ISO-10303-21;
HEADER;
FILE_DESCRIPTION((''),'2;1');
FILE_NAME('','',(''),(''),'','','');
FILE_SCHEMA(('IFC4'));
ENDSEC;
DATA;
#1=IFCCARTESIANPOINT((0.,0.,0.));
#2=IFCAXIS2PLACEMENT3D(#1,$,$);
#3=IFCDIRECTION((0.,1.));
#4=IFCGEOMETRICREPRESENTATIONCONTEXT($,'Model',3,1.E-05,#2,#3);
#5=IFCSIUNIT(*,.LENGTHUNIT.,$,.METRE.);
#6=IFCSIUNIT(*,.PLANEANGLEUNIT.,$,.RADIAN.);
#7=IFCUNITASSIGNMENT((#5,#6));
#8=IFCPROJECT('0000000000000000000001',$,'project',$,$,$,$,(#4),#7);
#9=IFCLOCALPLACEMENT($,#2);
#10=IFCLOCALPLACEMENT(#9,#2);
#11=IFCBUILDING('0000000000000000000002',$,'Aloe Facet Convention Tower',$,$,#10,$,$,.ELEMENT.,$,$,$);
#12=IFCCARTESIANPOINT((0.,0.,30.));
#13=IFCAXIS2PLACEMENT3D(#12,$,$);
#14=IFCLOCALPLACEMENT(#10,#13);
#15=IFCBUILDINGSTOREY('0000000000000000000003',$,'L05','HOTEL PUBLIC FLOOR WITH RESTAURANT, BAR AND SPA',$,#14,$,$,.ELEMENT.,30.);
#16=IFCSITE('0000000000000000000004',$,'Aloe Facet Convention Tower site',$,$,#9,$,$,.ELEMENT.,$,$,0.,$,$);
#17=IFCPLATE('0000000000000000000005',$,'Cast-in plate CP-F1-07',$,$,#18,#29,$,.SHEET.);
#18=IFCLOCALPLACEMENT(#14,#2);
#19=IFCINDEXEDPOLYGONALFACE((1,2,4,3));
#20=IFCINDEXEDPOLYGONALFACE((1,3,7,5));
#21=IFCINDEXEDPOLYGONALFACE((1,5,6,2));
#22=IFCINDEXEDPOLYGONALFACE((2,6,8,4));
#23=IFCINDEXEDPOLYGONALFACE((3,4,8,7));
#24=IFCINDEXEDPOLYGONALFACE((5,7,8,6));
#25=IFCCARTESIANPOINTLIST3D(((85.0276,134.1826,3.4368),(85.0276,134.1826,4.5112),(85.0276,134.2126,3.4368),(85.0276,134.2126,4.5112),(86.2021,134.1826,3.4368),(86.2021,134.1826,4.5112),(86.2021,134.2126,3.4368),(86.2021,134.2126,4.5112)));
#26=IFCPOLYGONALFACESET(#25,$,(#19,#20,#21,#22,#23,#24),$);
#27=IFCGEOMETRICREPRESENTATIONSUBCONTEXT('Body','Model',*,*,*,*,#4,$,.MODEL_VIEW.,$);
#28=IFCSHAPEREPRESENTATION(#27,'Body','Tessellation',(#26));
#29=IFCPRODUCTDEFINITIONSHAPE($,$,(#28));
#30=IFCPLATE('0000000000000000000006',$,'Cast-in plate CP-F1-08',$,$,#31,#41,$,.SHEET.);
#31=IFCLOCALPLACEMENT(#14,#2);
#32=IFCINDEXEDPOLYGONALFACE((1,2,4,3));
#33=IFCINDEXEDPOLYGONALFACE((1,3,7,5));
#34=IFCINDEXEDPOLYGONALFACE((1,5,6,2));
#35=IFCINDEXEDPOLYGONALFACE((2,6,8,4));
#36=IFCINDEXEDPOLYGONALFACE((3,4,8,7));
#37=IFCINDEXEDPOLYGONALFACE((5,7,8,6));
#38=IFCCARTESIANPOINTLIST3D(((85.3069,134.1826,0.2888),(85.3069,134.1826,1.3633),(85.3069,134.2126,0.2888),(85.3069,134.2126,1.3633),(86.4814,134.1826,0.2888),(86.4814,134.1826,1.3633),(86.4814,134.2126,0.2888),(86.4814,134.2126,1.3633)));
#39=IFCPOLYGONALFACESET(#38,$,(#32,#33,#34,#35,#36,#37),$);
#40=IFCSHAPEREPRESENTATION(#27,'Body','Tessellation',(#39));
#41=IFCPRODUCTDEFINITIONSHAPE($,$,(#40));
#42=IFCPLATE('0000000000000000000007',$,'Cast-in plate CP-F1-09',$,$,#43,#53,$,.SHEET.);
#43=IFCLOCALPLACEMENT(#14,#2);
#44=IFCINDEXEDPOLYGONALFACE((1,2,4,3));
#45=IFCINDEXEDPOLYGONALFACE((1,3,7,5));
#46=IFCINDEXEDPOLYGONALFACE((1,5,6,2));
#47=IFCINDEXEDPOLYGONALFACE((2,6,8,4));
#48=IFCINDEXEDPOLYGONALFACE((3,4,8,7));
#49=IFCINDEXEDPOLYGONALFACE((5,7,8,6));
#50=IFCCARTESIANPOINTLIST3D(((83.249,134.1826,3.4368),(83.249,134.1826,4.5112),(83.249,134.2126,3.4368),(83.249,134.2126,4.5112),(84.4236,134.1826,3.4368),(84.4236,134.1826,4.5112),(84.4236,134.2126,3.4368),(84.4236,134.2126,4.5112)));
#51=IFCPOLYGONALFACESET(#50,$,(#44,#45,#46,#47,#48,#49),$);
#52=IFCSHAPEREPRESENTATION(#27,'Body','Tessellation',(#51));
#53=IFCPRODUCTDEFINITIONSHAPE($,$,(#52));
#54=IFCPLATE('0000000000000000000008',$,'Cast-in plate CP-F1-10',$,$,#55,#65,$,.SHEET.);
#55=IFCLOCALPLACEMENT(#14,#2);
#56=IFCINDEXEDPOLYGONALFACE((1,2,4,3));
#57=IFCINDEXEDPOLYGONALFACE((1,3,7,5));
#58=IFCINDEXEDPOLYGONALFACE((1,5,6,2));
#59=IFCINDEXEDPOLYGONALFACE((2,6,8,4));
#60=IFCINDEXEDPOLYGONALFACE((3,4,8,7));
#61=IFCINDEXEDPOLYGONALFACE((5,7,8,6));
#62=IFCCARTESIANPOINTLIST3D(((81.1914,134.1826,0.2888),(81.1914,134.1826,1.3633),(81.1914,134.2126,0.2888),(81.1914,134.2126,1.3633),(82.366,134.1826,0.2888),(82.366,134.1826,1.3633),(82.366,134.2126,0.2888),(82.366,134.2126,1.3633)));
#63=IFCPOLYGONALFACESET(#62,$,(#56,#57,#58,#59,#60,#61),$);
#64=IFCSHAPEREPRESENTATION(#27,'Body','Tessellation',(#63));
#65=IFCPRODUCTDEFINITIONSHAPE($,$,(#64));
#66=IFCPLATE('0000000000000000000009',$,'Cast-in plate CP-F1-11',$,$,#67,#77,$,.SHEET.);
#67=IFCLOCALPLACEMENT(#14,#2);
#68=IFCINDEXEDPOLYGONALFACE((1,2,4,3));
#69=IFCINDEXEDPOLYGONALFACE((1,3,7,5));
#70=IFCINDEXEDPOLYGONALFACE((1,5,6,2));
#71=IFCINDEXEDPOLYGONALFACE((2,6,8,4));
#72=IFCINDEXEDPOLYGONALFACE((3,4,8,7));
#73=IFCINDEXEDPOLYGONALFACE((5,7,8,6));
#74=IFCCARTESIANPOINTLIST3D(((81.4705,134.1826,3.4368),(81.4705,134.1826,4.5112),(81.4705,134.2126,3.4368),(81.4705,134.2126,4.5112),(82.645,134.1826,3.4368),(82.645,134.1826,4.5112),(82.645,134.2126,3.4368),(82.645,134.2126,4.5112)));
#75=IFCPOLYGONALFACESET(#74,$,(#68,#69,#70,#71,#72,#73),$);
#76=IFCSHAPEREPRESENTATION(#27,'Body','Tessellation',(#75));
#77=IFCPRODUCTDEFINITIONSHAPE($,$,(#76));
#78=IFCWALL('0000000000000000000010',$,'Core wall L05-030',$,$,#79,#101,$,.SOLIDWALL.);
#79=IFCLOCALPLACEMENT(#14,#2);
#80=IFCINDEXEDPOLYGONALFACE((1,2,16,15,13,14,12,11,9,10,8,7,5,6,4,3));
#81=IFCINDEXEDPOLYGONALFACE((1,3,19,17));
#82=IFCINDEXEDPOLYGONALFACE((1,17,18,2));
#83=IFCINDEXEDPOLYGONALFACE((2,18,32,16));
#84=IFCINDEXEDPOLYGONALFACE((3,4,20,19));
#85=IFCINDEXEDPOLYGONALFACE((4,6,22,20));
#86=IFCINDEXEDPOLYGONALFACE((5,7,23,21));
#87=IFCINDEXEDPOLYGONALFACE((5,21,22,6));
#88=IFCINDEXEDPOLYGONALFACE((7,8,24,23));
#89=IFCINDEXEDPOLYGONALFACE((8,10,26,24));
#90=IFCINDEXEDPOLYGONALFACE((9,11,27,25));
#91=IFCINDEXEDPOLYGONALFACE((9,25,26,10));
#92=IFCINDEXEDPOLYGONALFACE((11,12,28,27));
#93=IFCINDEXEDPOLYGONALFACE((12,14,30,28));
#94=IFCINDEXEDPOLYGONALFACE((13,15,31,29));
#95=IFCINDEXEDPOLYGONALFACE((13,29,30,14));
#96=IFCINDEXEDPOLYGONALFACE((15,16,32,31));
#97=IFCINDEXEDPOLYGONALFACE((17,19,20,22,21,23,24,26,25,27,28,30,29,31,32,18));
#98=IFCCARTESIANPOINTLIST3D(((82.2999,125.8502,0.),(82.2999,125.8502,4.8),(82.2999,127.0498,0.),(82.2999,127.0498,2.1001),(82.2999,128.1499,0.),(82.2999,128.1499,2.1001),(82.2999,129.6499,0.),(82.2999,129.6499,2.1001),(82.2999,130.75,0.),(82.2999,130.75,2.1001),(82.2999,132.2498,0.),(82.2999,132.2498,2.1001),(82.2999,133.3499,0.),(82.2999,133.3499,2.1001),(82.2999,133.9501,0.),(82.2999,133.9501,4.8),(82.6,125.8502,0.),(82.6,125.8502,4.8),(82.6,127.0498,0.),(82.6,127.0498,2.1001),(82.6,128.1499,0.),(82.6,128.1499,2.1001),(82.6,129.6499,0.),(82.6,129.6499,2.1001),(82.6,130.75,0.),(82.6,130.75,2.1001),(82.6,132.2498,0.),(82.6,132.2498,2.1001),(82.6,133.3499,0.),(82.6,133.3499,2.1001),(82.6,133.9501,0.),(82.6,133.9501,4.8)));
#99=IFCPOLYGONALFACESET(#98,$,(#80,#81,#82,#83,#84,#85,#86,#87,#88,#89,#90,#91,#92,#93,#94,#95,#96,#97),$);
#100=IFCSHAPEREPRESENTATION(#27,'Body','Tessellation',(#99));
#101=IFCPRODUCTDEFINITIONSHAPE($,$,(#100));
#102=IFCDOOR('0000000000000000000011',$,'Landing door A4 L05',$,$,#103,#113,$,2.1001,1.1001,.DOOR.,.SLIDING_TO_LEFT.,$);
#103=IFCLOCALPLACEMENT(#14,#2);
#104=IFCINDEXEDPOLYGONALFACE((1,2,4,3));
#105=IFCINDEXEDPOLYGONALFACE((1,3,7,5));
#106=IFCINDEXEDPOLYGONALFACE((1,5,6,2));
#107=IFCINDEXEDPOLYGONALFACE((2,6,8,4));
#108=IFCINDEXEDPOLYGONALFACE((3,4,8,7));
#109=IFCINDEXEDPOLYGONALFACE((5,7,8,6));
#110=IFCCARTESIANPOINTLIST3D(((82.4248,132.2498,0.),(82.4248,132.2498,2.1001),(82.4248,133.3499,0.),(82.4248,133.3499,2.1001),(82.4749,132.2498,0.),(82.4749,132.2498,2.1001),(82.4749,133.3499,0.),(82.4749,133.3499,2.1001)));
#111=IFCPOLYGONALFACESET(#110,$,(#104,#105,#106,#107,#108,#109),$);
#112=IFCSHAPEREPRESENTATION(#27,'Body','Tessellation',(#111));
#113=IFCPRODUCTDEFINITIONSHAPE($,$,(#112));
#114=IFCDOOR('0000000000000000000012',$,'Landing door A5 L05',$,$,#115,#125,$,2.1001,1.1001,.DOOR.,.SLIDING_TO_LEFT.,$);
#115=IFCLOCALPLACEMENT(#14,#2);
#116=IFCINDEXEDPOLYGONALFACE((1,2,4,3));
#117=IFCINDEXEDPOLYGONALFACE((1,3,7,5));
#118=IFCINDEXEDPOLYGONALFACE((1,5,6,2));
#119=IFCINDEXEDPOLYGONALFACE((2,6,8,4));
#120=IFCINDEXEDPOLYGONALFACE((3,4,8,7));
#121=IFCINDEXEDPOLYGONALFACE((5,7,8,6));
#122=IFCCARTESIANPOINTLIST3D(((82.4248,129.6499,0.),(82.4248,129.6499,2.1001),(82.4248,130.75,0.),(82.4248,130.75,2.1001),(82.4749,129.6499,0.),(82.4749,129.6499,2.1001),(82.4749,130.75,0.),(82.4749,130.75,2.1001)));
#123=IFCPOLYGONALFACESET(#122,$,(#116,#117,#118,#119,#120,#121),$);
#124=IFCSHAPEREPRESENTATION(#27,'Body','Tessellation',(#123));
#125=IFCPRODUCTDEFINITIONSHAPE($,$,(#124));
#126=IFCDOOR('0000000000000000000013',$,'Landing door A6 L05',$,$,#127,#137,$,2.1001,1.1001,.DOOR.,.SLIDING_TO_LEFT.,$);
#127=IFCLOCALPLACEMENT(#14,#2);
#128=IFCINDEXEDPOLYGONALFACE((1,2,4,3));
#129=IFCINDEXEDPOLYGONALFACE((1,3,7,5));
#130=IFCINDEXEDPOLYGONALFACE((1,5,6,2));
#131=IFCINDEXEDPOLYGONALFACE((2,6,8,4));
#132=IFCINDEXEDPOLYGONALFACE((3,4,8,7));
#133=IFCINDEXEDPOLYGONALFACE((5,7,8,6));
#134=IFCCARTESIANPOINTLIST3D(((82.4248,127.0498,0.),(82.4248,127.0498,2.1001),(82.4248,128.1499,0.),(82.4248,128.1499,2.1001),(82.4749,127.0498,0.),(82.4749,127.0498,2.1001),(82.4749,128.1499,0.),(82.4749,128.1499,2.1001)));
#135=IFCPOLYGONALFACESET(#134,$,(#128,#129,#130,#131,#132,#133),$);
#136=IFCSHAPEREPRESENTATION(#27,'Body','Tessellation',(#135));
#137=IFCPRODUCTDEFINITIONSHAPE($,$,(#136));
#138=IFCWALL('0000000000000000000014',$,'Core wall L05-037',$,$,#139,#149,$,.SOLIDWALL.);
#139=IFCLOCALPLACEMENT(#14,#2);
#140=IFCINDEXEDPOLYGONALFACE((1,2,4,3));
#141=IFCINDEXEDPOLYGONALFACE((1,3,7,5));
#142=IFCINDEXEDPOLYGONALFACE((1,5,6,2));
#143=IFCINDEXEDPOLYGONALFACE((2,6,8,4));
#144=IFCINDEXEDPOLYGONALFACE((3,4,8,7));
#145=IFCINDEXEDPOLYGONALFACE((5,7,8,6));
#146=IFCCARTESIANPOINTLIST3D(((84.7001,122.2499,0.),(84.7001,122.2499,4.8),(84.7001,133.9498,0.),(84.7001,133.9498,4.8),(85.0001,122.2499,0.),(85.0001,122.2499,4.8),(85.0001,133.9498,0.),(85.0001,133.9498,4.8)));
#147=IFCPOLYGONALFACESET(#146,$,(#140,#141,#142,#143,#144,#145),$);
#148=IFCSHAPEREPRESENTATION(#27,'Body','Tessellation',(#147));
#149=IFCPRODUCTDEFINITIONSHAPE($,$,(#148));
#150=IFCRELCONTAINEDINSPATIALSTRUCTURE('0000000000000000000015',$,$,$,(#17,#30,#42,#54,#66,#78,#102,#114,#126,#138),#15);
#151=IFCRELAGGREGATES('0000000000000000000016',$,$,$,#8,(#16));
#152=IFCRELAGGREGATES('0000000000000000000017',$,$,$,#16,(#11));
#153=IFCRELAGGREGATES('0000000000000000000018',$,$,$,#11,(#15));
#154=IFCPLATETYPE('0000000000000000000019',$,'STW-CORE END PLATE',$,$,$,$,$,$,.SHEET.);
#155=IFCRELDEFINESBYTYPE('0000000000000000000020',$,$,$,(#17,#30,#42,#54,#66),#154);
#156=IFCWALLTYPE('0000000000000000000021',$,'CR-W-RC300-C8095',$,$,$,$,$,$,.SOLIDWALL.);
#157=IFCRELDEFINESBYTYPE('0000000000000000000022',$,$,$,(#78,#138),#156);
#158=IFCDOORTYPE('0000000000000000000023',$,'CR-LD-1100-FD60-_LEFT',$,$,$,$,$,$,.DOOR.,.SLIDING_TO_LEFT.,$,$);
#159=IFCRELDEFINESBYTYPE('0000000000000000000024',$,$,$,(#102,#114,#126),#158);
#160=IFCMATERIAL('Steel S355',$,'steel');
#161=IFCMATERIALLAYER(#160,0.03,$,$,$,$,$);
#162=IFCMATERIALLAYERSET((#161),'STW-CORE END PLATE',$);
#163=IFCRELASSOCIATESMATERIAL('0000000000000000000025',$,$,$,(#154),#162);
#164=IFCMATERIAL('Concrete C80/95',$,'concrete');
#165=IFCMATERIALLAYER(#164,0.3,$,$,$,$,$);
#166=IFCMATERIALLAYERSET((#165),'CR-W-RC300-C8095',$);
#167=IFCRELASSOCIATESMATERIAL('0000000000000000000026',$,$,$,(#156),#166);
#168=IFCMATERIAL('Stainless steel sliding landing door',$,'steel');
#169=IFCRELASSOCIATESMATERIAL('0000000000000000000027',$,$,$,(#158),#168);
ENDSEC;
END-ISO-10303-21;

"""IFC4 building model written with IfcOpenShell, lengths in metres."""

from ifc_helpers import new_model, si_unit, direction, frame, frame_2d, origin, place, context, subcontext, project, spatial, polyline, rectangle, outline, extrude, material, layer, layer_set, type_object, element, fill, save


model = new_model("IFC4")

# Units and contexts
model_context = context("Model", 3, precision=1e-05, world=origin(), true_north=direction((0.0, 1.0)))
body_context = subcontext(model_context, "Body", "Model", "MODEL_VIEW")
ifc_project = project(units=[si_unit("LENGTHUNIT", "METRE"), si_unit("PLANEANGLEUNIT", "RADIAN")], contexts=[model_context])

# Site, building, storey
site_placement = place(None, origin())
site = spatial("IfcSite", under=ifc_project, at=site_placement, Name="Aloe Facet Convention Tower site", CompositionType="ELEMENT", RefElevation=0.0)
building_placement = place(site_placement, origin())
building = spatial("IfcBuilding", under=site, at=building_placement, Name="Aloe Facet Convention Tower", CompositionType="ELEMENT")
storey_placement = place(building_placement, frame((0.0, 0.0, 30.0)))
storey = spatial("IfcBuildingStorey", under=building, at=storey_placement, Name="L05", Description="HOTEL PUBLIC FLOOR WITH RESTAURANT, BAR AND SPA", CompositionType="ELEMENT", Elevation=30.0)

# Plates
ifc_material_1 = material(Name="Steel S355", Category="steel")
ifc_layer_1 = layer(ifc_material_1, 0.03)
ifc_layer_set_1 = layer_set([ifc_layer_1], Name="STW-CORE END PLATE")
plate_type = type_object("IfcPlateType", Name="STW-CORE END PLATE", PredefinedType="SHEET", material=ifc_layer_set_1)
for number, where, z_axis, x_axis, name in (
    (1, (86.2021, 134.2126, 3.4368), (0.0, 1.0, 0.0), (-1.0, 0.0, 0.0), "Cast-in plate CP-F1-07"),
    (2, (86.4814, 134.2126, 0.2888), (0.0, 1.0, 0.0), (-1.0, 0.0, 0.0), "Cast-in plate CP-F1-08"),
    (3, (84.4236, 134.2126, 3.4368), (0.0, 1.0, 0.0), (-1.0, 0.0, 0.0), "Cast-in plate CP-F1-09"),
    (4, (82.366, 134.2126, 0.2888), (0.0, 1.0, 0.0), (-1.0, 0.0, 0.0), "Cast-in plate CP-F1-10"),
    (5, (82.645, 134.2126, 3.4368), (0.0, 1.0, 0.0), (-1.0, 0.0, 0.0), "Cast-in plate CP-F1-11"),
):
    element("IfcPlate", number, at=place(storey_placement, frame(where, z_axis=z_axis, x_axis=x_axis)), inside=storey, type_object=plate_type, Name=name, PredefinedType="SHEET", context=body_context, shape_type="SweptSolid", body=[
        extrude(outline(polyline([(0.0, 0.0), (1.1746, 0.0), (1.1746, 1.0745), (0.0, 1.0745), (0.0, 0.0)])), origin(), (0.0, 0.0, -1.0), 0.03),
    ])

# Wall, openings, doors
ifc_material_2 = material(Name="Concrete C80/95", Category="concrete")
ifc_layer_2 = layer(ifc_material_2, 0.3)
ifc_layer_set_2 = layer_set([ifc_layer_2], Name="CR-W-RC300-C8095")
wall_type_1 = type_object("IfcWallType", Name="CR-W-RC300-C8095", PredefinedType="SOLIDWALL", material=ifc_layer_set_2)
wall_1_placement = place(storey_placement, frame((82.45, 133.95, 0.0), z_axis=(0.0, 0.0, 1.0), x_axis=(0.0, -1.0, 0.0)))
wall_1 = element("IfcWall", 6, at=wall_1_placement, inside=storey, type_object=wall_type_1, Name="Core wall L05-030", PredefinedType="SOLIDWALL", context=body_context, shape_type="SweptSolid", body=[
    extrude(rectangle(XDim=8.0999, YDim=0.3, at=frame_2d((4.0498, 0.0))), origin(), (0.0, 0.0, 1.0), 4.8),
])
opening_1_placement = place(wall_1_placement, frame((0.6001, 0.0, 0.0)))
opening_1 = element("IfcOpeningElement", 7, at=opening_1_placement, cuts=wall_1, PredefinedType="OPENING", context=body_context, shape_type="SweptSolid", body=[
    extrude(rectangle(XDim=1.1001, YDim=2.1001, at=frame_2d((0.55, 1.05))), frame((0.0, 0.1602, 0.0), z_axis=(0.0, -1.0, 0.0), x_axis=(1.0, 0.0, 0.0)), (0.0, 0.0, 1.0), 0.3201),
])
opening_2_placement = place(wall_1_placement, frame((3.2, 0.0, 0.0)))
opening_2 = element("IfcOpeningElement", 8, at=opening_2_placement, cuts=wall_1, PredefinedType="OPENING", context=body_context, shape_type="SweptSolid", body=[
    extrude(rectangle(XDim=1.1001, YDim=2.1001, at=frame_2d((0.55, 1.05))), frame((0.0, 0.1602, 0.0), z_axis=(0.0, -1.0, 0.0), x_axis=(1.0, 0.0, 0.0)), (0.0, 0.0, 1.0), 0.3201),
])
opening_3_placement = place(wall_1_placement, frame((5.8, 0.0, 0.0)))
opening_3 = element("IfcOpeningElement", 9, at=opening_3_placement, cuts=wall_1, PredefinedType="OPENING", context=body_context, shape_type="SweptSolid", body=[
    extrude(rectangle(XDim=1.1001, YDim=2.1001, at=frame_2d((0.55, 1.05))), frame((0.0, 0.1602, 0.0), z_axis=(0.0, -1.0, 0.0), x_axis=(1.0, 0.0, 0.0)), (0.0, 0.0, 1.0), 0.3201),
])
ifc_material_3 = material(Name="Stainless steel sliding landing door", Category="steel")
door_type_1 = type_object("IfcDoorType", Name="CR-LD-1100-FD60-_LEFT", OperationType="SLIDING_TO_LEFT", PredefinedType="DOOR", material=ifc_material_3)
door_1_placement = place(opening_1_placement, origin())
door_1 = element("IfcDoor", 10, at=door_1_placement, inside=storey, type_object=door_type_1, Name="Landing door A4 L05", OperationType="SLIDING_TO_LEFT", OverallHeight=2.1001, OverallWidth=1.1001, PredefinedType="DOOR", context=body_context, shape_type="SweptSolid", body=[
    extrude(rectangle(XDim=1.1001, YDim=2.1001, at=frame_2d((0.55, 1.05))), frame((0.0, 0.0249, 0.0), z_axis=(0.0, -1.0, 0.0), x_axis=(1.0, 0.0, 0.0)), (0.0, 0.0, 1.0), 0.05),
])
fill(opening_1, door_1)
door_2_placement = place(opening_2_placement, origin())
door_2 = element("IfcDoor", 11, at=door_2_placement, inside=storey, type_object=door_type_1, Name="Landing door A5 L05", OperationType="SLIDING_TO_LEFT", OverallHeight=2.1001, OverallWidth=1.1001, PredefinedType="DOOR", context=body_context, shape_type="SweptSolid", body=[
    extrude(rectangle(XDim=1.1001, YDim=2.1001, at=frame_2d((0.55, 1.05))), frame((0.0, 0.0249, 0.0), z_axis=(0.0, -1.0, 0.0), x_axis=(1.0, 0.0, 0.0)), (0.0, 0.0, 1.0), 0.05),
])
fill(opening_2, door_2)
door_3_placement = place(opening_3_placement, origin())
door_3 = element("IfcDoor", 12, at=door_3_placement, inside=storey, type_object=door_type_1, Name="Landing door A6 L05", OperationType="SLIDING_TO_LEFT", OverallHeight=2.1001, OverallWidth=1.1001, PredefinedType="DOOR", context=body_context, shape_type="SweptSolid", body=[
    extrude(rectangle(XDim=1.1001, YDim=2.1001, at=frame_2d((0.55, 1.05))), frame((0.0, 0.0249, 0.0), z_axis=(0.0, -1.0, 0.0), x_axis=(1.0, 0.0, 0.0)), (0.0, 0.0, 1.0), 0.05),
])
fill(opening_3, door_3)

# Wall
wall_2_placement = place(storey_placement, frame((84.8501, 133.95, 0.0), z_axis=(0.0, 0.0, 1.0), x_axis=(0.0, -1.0, 0.0)))
element("IfcWall", 13, at=wall_2_placement, inside=storey, type_object=wall_type_1, Name="Core wall L05-037", PredefinedType="SOLIDWALL", context=body_context, shape_type="SweptSolid", body=[
    extrude(rectangle(XDim=11.7, YDim=0.3, at=frame_2d((5.8501, 0.0))), origin(), (0.0, 0.0, 1.0), 4.8),
])

save(model, "model.ifc")
